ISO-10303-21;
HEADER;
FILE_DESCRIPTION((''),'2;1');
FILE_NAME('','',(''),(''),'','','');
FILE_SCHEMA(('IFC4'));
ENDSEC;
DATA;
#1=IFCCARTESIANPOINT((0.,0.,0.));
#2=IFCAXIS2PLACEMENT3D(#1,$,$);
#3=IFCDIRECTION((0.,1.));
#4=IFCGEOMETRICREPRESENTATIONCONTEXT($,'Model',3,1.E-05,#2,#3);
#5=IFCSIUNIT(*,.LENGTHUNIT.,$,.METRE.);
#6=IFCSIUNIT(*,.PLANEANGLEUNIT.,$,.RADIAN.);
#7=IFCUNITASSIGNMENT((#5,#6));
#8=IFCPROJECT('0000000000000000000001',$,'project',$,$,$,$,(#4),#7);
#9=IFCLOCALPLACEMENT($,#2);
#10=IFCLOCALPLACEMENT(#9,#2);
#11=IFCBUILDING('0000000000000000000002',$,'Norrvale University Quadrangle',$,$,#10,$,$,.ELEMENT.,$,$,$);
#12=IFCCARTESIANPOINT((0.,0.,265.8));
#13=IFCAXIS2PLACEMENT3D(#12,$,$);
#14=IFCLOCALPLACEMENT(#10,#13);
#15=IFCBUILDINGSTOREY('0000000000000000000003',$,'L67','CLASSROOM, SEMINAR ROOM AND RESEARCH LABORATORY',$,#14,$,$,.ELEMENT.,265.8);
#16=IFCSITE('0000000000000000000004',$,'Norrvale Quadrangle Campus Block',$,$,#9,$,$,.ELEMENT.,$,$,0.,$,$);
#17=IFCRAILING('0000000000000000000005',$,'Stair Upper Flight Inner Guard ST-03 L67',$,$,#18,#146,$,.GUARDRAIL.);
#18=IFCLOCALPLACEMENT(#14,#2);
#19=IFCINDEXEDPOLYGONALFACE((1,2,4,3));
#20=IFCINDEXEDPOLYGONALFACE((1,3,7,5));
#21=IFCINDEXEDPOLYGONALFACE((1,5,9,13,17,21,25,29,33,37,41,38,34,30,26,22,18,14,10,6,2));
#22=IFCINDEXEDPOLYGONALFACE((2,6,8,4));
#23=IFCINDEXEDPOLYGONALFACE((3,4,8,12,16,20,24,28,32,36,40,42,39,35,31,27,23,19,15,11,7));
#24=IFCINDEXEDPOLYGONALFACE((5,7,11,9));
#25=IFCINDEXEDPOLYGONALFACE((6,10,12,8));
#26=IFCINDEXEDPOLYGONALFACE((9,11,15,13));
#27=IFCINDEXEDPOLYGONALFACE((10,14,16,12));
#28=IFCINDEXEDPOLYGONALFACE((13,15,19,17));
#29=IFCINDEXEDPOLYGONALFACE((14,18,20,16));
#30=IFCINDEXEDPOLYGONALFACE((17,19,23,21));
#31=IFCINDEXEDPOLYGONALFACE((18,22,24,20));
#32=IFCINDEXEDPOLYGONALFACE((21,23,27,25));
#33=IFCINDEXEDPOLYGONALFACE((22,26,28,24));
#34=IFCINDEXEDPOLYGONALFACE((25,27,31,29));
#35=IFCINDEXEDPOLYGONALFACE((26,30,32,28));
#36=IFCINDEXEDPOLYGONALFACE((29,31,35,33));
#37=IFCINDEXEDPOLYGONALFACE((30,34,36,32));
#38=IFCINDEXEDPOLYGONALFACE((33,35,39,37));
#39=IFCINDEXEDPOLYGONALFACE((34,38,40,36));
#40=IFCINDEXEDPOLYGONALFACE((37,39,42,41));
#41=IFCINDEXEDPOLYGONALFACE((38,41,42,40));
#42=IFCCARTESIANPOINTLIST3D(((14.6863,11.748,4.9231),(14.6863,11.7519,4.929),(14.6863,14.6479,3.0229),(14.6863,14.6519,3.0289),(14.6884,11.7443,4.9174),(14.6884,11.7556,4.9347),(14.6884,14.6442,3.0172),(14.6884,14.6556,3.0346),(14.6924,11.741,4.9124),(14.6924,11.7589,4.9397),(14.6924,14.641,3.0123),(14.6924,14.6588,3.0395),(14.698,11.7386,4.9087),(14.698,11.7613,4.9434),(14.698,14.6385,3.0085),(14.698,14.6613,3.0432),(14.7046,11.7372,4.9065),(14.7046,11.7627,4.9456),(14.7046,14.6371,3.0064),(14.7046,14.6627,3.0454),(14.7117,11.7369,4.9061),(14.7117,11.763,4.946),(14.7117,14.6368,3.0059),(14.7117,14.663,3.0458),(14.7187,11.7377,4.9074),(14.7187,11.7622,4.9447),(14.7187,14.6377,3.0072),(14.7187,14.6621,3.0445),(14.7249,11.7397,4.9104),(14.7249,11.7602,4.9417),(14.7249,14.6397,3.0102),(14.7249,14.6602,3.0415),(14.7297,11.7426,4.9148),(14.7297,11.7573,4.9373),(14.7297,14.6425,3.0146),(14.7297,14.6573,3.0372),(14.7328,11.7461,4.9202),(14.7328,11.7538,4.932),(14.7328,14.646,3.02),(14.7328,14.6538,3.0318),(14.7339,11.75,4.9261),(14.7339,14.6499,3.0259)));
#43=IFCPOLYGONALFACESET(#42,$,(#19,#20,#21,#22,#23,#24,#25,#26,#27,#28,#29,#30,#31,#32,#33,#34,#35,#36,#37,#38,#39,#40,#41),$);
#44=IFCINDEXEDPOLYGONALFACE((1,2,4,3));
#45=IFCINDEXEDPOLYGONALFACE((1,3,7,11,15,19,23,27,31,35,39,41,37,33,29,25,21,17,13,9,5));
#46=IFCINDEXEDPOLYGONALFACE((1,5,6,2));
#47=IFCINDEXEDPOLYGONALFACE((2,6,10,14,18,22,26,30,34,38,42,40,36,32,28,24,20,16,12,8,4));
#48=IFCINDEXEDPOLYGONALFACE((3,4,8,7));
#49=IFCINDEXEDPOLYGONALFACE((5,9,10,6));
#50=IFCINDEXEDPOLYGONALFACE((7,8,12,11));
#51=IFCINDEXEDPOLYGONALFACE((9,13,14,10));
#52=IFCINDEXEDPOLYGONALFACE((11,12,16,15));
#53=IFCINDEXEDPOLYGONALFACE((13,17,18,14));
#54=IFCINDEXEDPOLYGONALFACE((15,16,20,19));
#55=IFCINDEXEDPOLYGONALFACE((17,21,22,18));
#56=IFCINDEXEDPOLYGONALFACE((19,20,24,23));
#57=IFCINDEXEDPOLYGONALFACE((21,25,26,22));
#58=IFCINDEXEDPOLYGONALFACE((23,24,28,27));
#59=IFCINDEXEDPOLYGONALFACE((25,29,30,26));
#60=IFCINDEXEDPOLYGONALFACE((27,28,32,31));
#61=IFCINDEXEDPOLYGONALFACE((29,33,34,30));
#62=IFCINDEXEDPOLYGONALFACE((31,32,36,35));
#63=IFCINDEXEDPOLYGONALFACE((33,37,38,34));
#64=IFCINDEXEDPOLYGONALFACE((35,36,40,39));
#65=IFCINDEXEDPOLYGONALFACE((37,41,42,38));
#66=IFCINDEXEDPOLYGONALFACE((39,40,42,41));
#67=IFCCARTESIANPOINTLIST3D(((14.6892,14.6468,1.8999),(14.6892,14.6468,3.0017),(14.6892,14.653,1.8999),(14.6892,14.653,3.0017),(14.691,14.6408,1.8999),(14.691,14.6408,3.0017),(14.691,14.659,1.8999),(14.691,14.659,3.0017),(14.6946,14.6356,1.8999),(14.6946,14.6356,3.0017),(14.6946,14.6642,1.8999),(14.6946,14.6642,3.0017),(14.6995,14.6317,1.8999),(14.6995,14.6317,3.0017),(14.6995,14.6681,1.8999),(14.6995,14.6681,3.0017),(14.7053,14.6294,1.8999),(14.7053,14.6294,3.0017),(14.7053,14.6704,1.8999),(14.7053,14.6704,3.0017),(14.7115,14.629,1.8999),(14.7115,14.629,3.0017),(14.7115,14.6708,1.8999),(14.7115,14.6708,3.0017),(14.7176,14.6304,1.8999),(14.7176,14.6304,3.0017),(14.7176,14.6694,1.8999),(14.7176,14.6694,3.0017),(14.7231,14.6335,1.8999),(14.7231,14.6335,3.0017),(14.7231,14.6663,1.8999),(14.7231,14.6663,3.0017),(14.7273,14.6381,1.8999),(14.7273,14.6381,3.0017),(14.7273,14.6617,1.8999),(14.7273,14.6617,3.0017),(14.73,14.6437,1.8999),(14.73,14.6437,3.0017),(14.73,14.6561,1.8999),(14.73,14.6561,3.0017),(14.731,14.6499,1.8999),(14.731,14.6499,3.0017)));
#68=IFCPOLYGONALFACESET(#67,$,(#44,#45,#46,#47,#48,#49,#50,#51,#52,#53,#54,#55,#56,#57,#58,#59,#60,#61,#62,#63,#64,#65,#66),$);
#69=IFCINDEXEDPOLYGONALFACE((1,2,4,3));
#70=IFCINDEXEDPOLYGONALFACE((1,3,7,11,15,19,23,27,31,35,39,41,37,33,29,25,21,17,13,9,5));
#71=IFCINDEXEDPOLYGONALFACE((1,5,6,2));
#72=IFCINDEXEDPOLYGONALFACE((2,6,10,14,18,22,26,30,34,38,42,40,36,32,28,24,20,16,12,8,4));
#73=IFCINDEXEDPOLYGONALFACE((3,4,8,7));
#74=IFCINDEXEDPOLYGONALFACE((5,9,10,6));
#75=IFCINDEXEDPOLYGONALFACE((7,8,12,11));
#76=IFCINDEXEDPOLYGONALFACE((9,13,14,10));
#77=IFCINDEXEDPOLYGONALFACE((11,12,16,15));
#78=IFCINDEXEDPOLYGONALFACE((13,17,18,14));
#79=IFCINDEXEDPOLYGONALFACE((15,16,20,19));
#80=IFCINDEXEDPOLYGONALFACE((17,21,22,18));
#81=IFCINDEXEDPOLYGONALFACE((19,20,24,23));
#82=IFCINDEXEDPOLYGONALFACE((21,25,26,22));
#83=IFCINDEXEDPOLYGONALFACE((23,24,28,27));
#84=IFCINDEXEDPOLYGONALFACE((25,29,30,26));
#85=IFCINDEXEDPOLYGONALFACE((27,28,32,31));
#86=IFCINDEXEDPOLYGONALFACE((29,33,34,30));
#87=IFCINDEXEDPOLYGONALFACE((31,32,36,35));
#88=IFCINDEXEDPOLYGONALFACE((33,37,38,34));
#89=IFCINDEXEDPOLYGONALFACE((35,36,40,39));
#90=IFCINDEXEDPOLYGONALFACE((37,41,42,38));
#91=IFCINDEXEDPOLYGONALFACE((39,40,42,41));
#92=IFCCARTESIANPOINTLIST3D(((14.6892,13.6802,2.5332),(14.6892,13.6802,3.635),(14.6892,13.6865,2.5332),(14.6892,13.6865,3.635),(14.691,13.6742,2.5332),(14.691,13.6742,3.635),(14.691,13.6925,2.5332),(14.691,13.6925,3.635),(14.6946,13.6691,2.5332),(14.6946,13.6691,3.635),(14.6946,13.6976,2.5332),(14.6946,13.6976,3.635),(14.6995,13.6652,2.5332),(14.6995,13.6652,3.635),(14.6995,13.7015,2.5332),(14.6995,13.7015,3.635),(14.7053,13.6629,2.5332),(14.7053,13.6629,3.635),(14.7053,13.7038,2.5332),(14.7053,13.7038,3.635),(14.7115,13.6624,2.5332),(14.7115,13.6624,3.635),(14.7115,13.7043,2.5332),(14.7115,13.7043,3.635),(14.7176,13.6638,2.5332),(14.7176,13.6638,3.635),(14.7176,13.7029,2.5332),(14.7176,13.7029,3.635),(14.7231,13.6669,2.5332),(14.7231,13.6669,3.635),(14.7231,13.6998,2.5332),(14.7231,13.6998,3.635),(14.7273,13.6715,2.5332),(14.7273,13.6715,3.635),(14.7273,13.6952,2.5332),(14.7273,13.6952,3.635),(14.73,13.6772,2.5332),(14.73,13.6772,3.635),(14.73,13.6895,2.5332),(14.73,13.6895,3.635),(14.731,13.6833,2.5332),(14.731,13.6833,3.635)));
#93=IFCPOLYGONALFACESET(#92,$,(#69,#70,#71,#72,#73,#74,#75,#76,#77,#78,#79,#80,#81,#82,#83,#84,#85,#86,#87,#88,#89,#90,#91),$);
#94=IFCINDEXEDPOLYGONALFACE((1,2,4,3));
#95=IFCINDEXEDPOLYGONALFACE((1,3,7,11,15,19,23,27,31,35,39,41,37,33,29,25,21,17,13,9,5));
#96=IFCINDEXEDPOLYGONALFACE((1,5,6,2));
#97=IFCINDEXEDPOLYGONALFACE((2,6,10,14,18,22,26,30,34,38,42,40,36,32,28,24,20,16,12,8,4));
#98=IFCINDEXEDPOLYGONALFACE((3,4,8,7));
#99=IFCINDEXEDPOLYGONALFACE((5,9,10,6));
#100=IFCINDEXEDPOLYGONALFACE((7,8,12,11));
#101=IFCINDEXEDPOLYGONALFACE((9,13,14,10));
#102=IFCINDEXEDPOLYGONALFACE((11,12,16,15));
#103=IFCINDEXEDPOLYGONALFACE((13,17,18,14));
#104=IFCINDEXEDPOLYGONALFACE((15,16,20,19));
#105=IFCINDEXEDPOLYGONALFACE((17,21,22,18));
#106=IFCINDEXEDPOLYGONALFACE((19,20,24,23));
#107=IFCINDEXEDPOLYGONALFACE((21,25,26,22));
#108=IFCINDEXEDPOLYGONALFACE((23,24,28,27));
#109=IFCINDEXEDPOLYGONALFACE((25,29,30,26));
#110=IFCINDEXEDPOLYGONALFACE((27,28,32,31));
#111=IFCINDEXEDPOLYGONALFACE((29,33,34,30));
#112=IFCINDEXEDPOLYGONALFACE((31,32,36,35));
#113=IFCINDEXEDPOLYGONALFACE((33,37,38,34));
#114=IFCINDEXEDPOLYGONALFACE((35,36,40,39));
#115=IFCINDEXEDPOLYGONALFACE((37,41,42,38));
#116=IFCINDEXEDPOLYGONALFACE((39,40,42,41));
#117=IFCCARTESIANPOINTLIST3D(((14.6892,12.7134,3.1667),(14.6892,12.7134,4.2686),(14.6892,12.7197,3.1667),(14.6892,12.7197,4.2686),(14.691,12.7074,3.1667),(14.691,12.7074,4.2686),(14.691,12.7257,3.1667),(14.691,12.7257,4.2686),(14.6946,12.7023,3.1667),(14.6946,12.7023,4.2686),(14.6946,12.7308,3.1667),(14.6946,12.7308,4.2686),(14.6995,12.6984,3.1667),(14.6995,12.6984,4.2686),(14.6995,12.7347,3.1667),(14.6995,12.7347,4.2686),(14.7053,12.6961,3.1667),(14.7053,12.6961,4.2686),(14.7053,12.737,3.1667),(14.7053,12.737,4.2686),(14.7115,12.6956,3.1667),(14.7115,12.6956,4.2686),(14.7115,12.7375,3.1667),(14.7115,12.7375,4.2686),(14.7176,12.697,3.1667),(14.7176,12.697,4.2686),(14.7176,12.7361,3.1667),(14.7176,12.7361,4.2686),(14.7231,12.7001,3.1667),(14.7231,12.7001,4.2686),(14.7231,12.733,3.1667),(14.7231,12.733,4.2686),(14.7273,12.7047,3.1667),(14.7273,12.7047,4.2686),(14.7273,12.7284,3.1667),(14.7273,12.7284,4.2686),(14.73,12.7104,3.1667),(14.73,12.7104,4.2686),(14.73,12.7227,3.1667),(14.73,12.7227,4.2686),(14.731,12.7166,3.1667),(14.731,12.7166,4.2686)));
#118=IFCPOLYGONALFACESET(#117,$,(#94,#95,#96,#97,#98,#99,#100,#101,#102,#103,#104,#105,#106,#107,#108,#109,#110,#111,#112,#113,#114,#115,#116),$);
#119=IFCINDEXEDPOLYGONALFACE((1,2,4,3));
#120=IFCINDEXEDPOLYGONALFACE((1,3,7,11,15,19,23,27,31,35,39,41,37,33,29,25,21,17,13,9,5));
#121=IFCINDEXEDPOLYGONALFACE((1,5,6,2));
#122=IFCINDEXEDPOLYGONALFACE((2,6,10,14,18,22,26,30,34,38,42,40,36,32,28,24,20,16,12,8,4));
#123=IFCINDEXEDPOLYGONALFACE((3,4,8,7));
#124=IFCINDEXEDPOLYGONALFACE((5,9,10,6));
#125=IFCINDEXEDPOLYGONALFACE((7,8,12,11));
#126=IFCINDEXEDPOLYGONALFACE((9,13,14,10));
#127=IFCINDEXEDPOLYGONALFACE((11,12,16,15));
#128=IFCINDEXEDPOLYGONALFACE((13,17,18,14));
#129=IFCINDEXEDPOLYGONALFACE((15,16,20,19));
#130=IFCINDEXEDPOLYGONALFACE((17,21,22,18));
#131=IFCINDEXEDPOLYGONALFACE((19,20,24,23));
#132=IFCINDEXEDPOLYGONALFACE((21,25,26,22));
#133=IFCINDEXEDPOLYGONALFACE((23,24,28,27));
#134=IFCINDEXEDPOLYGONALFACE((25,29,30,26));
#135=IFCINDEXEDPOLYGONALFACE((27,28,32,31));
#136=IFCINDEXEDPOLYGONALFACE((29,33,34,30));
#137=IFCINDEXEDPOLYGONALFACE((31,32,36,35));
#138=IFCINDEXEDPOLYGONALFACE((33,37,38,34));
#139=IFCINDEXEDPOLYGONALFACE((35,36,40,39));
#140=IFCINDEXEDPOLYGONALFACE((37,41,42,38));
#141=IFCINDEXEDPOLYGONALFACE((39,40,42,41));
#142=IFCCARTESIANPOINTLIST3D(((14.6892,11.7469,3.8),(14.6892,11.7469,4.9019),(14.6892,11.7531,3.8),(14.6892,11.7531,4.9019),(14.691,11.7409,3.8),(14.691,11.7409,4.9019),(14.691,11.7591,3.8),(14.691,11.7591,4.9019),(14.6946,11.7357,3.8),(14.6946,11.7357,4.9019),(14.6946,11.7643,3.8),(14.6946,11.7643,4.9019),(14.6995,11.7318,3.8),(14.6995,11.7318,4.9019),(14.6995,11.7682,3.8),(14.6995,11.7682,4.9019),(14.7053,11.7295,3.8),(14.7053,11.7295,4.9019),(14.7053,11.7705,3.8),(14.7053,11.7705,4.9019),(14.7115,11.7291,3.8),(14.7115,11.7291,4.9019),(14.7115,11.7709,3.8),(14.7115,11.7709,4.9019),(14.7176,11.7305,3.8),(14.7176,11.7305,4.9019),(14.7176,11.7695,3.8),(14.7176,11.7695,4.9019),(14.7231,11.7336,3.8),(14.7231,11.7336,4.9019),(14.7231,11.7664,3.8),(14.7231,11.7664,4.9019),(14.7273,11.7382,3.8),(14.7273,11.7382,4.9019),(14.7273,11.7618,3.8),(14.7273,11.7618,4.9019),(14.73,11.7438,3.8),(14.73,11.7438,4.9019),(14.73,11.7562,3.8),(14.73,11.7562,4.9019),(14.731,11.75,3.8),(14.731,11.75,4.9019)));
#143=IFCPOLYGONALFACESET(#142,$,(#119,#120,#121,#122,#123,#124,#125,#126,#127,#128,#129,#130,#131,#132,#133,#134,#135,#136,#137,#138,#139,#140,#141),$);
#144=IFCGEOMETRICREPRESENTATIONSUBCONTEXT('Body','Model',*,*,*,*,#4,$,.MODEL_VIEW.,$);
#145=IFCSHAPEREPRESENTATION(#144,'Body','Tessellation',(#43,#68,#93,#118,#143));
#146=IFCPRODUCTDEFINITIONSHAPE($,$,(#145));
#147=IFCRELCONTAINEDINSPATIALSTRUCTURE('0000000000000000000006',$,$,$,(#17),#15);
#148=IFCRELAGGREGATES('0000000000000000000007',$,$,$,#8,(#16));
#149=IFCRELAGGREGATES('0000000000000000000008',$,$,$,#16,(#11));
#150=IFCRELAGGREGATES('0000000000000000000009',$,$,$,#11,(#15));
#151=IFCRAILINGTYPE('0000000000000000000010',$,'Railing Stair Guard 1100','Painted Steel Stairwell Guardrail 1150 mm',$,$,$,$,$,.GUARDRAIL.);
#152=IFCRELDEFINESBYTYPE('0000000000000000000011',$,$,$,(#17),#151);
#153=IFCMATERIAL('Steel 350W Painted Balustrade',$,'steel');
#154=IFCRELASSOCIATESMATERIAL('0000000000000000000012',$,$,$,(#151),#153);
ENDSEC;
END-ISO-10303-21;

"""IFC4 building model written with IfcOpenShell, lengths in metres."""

from ifc_helpers import new_model, si_unit, direction, frame, origin, origin_2d, place, context, subcontext, project, spatial, circle, extrude, material, type_object, element, save


model = new_model("IFC4")

# Units and contexts
model_context = context("Model", 3, precision=1e-05, world=origin(), true_north=direction((0.0, 1.0)))
body_context = subcontext(model_context, "Body", "Model", "MODEL_VIEW")
ifc_project = project(units=[si_unit("LENGTHUNIT", "METRE"), si_unit("PLANEANGLEUNIT", "RADIAN")], contexts=[model_context])

# Site, building, storey
site_placement = place(None, origin())
site = spatial("IfcSite", under=ifc_project, at=site_placement, Name="Norrvale Quadrangle Campus Block", CompositionType="ELEMENT", RefElevation=0.0)
building_placement = place(site_placement, origin())
building = spatial("IfcBuilding", under=site, at=building_placement, Name="Norrvale University Quadrangle", CompositionType="ELEMENT")
storey_placement = place(building_placement, frame((0.0, 0.0, 265.8)))
storey = spatial("IfcBuildingStorey", under=building, at=storey_placement, Name="L67", Description="CLASSROOM, SEMINAR ROOM AND RESEARCH LABORATORY", CompositionType="ELEMENT", Elevation=265.8)

# Railing
ifc_material_1 = material(Name="Steel 350W Painted Balustrade", Category="steel")
railing_type_1 = type_object("IfcRailingType", Name="Railing Stair Guard 1100", Description="Painted Steel Stairwell Guardrail 1150 mm", PredefinedType="GUARDRAIL", material=ifc_material_1)
railing_1_placement = place(storey_placement, frame((14.71, 14.6499, 1.8999)))
element("IfcRailing", 1, at=railing_1_placement, inside=storey, type_object=railing_type_1, Name="Stair Upper Flight Inner Guard ST-03 L67", PredefinedType="GUARDRAIL", context=body_context, shape_type="SweptSolid", body=[
    extrude(circle(Radius=0.0239, at=origin_2d()), frame((0.0, 0.0, 1.126), z_axis=(0.0, -0.836433, 0.548069), x_axis=(1.0, 0.0, 0.0)), (0.0, 0.0, 1.0), 3.467),
    extrude(circle(Radius=0.021, at=origin_2d()), origin(), (0.0, 0.0, 1.0), 1.1018),
    extrude(circle(Radius=0.021, at=origin_2d()), frame((0.0, -0.9666, 0.6333)), (0.0, 0.0, 1.0), 1.1018),
    extrude(circle(Radius=0.021, at=origin_2d()), frame((0.0, -1.9333, 1.2668)), (0.0, 0.0, 1.0), 1.1018),
    extrude(circle(Radius=0.021, at=origin_2d()), frame((0.0, -2.8999, 1.9001)), (0.0, 0.0, 1.0), 1.1018),
])

save(model, "model.ifc")
